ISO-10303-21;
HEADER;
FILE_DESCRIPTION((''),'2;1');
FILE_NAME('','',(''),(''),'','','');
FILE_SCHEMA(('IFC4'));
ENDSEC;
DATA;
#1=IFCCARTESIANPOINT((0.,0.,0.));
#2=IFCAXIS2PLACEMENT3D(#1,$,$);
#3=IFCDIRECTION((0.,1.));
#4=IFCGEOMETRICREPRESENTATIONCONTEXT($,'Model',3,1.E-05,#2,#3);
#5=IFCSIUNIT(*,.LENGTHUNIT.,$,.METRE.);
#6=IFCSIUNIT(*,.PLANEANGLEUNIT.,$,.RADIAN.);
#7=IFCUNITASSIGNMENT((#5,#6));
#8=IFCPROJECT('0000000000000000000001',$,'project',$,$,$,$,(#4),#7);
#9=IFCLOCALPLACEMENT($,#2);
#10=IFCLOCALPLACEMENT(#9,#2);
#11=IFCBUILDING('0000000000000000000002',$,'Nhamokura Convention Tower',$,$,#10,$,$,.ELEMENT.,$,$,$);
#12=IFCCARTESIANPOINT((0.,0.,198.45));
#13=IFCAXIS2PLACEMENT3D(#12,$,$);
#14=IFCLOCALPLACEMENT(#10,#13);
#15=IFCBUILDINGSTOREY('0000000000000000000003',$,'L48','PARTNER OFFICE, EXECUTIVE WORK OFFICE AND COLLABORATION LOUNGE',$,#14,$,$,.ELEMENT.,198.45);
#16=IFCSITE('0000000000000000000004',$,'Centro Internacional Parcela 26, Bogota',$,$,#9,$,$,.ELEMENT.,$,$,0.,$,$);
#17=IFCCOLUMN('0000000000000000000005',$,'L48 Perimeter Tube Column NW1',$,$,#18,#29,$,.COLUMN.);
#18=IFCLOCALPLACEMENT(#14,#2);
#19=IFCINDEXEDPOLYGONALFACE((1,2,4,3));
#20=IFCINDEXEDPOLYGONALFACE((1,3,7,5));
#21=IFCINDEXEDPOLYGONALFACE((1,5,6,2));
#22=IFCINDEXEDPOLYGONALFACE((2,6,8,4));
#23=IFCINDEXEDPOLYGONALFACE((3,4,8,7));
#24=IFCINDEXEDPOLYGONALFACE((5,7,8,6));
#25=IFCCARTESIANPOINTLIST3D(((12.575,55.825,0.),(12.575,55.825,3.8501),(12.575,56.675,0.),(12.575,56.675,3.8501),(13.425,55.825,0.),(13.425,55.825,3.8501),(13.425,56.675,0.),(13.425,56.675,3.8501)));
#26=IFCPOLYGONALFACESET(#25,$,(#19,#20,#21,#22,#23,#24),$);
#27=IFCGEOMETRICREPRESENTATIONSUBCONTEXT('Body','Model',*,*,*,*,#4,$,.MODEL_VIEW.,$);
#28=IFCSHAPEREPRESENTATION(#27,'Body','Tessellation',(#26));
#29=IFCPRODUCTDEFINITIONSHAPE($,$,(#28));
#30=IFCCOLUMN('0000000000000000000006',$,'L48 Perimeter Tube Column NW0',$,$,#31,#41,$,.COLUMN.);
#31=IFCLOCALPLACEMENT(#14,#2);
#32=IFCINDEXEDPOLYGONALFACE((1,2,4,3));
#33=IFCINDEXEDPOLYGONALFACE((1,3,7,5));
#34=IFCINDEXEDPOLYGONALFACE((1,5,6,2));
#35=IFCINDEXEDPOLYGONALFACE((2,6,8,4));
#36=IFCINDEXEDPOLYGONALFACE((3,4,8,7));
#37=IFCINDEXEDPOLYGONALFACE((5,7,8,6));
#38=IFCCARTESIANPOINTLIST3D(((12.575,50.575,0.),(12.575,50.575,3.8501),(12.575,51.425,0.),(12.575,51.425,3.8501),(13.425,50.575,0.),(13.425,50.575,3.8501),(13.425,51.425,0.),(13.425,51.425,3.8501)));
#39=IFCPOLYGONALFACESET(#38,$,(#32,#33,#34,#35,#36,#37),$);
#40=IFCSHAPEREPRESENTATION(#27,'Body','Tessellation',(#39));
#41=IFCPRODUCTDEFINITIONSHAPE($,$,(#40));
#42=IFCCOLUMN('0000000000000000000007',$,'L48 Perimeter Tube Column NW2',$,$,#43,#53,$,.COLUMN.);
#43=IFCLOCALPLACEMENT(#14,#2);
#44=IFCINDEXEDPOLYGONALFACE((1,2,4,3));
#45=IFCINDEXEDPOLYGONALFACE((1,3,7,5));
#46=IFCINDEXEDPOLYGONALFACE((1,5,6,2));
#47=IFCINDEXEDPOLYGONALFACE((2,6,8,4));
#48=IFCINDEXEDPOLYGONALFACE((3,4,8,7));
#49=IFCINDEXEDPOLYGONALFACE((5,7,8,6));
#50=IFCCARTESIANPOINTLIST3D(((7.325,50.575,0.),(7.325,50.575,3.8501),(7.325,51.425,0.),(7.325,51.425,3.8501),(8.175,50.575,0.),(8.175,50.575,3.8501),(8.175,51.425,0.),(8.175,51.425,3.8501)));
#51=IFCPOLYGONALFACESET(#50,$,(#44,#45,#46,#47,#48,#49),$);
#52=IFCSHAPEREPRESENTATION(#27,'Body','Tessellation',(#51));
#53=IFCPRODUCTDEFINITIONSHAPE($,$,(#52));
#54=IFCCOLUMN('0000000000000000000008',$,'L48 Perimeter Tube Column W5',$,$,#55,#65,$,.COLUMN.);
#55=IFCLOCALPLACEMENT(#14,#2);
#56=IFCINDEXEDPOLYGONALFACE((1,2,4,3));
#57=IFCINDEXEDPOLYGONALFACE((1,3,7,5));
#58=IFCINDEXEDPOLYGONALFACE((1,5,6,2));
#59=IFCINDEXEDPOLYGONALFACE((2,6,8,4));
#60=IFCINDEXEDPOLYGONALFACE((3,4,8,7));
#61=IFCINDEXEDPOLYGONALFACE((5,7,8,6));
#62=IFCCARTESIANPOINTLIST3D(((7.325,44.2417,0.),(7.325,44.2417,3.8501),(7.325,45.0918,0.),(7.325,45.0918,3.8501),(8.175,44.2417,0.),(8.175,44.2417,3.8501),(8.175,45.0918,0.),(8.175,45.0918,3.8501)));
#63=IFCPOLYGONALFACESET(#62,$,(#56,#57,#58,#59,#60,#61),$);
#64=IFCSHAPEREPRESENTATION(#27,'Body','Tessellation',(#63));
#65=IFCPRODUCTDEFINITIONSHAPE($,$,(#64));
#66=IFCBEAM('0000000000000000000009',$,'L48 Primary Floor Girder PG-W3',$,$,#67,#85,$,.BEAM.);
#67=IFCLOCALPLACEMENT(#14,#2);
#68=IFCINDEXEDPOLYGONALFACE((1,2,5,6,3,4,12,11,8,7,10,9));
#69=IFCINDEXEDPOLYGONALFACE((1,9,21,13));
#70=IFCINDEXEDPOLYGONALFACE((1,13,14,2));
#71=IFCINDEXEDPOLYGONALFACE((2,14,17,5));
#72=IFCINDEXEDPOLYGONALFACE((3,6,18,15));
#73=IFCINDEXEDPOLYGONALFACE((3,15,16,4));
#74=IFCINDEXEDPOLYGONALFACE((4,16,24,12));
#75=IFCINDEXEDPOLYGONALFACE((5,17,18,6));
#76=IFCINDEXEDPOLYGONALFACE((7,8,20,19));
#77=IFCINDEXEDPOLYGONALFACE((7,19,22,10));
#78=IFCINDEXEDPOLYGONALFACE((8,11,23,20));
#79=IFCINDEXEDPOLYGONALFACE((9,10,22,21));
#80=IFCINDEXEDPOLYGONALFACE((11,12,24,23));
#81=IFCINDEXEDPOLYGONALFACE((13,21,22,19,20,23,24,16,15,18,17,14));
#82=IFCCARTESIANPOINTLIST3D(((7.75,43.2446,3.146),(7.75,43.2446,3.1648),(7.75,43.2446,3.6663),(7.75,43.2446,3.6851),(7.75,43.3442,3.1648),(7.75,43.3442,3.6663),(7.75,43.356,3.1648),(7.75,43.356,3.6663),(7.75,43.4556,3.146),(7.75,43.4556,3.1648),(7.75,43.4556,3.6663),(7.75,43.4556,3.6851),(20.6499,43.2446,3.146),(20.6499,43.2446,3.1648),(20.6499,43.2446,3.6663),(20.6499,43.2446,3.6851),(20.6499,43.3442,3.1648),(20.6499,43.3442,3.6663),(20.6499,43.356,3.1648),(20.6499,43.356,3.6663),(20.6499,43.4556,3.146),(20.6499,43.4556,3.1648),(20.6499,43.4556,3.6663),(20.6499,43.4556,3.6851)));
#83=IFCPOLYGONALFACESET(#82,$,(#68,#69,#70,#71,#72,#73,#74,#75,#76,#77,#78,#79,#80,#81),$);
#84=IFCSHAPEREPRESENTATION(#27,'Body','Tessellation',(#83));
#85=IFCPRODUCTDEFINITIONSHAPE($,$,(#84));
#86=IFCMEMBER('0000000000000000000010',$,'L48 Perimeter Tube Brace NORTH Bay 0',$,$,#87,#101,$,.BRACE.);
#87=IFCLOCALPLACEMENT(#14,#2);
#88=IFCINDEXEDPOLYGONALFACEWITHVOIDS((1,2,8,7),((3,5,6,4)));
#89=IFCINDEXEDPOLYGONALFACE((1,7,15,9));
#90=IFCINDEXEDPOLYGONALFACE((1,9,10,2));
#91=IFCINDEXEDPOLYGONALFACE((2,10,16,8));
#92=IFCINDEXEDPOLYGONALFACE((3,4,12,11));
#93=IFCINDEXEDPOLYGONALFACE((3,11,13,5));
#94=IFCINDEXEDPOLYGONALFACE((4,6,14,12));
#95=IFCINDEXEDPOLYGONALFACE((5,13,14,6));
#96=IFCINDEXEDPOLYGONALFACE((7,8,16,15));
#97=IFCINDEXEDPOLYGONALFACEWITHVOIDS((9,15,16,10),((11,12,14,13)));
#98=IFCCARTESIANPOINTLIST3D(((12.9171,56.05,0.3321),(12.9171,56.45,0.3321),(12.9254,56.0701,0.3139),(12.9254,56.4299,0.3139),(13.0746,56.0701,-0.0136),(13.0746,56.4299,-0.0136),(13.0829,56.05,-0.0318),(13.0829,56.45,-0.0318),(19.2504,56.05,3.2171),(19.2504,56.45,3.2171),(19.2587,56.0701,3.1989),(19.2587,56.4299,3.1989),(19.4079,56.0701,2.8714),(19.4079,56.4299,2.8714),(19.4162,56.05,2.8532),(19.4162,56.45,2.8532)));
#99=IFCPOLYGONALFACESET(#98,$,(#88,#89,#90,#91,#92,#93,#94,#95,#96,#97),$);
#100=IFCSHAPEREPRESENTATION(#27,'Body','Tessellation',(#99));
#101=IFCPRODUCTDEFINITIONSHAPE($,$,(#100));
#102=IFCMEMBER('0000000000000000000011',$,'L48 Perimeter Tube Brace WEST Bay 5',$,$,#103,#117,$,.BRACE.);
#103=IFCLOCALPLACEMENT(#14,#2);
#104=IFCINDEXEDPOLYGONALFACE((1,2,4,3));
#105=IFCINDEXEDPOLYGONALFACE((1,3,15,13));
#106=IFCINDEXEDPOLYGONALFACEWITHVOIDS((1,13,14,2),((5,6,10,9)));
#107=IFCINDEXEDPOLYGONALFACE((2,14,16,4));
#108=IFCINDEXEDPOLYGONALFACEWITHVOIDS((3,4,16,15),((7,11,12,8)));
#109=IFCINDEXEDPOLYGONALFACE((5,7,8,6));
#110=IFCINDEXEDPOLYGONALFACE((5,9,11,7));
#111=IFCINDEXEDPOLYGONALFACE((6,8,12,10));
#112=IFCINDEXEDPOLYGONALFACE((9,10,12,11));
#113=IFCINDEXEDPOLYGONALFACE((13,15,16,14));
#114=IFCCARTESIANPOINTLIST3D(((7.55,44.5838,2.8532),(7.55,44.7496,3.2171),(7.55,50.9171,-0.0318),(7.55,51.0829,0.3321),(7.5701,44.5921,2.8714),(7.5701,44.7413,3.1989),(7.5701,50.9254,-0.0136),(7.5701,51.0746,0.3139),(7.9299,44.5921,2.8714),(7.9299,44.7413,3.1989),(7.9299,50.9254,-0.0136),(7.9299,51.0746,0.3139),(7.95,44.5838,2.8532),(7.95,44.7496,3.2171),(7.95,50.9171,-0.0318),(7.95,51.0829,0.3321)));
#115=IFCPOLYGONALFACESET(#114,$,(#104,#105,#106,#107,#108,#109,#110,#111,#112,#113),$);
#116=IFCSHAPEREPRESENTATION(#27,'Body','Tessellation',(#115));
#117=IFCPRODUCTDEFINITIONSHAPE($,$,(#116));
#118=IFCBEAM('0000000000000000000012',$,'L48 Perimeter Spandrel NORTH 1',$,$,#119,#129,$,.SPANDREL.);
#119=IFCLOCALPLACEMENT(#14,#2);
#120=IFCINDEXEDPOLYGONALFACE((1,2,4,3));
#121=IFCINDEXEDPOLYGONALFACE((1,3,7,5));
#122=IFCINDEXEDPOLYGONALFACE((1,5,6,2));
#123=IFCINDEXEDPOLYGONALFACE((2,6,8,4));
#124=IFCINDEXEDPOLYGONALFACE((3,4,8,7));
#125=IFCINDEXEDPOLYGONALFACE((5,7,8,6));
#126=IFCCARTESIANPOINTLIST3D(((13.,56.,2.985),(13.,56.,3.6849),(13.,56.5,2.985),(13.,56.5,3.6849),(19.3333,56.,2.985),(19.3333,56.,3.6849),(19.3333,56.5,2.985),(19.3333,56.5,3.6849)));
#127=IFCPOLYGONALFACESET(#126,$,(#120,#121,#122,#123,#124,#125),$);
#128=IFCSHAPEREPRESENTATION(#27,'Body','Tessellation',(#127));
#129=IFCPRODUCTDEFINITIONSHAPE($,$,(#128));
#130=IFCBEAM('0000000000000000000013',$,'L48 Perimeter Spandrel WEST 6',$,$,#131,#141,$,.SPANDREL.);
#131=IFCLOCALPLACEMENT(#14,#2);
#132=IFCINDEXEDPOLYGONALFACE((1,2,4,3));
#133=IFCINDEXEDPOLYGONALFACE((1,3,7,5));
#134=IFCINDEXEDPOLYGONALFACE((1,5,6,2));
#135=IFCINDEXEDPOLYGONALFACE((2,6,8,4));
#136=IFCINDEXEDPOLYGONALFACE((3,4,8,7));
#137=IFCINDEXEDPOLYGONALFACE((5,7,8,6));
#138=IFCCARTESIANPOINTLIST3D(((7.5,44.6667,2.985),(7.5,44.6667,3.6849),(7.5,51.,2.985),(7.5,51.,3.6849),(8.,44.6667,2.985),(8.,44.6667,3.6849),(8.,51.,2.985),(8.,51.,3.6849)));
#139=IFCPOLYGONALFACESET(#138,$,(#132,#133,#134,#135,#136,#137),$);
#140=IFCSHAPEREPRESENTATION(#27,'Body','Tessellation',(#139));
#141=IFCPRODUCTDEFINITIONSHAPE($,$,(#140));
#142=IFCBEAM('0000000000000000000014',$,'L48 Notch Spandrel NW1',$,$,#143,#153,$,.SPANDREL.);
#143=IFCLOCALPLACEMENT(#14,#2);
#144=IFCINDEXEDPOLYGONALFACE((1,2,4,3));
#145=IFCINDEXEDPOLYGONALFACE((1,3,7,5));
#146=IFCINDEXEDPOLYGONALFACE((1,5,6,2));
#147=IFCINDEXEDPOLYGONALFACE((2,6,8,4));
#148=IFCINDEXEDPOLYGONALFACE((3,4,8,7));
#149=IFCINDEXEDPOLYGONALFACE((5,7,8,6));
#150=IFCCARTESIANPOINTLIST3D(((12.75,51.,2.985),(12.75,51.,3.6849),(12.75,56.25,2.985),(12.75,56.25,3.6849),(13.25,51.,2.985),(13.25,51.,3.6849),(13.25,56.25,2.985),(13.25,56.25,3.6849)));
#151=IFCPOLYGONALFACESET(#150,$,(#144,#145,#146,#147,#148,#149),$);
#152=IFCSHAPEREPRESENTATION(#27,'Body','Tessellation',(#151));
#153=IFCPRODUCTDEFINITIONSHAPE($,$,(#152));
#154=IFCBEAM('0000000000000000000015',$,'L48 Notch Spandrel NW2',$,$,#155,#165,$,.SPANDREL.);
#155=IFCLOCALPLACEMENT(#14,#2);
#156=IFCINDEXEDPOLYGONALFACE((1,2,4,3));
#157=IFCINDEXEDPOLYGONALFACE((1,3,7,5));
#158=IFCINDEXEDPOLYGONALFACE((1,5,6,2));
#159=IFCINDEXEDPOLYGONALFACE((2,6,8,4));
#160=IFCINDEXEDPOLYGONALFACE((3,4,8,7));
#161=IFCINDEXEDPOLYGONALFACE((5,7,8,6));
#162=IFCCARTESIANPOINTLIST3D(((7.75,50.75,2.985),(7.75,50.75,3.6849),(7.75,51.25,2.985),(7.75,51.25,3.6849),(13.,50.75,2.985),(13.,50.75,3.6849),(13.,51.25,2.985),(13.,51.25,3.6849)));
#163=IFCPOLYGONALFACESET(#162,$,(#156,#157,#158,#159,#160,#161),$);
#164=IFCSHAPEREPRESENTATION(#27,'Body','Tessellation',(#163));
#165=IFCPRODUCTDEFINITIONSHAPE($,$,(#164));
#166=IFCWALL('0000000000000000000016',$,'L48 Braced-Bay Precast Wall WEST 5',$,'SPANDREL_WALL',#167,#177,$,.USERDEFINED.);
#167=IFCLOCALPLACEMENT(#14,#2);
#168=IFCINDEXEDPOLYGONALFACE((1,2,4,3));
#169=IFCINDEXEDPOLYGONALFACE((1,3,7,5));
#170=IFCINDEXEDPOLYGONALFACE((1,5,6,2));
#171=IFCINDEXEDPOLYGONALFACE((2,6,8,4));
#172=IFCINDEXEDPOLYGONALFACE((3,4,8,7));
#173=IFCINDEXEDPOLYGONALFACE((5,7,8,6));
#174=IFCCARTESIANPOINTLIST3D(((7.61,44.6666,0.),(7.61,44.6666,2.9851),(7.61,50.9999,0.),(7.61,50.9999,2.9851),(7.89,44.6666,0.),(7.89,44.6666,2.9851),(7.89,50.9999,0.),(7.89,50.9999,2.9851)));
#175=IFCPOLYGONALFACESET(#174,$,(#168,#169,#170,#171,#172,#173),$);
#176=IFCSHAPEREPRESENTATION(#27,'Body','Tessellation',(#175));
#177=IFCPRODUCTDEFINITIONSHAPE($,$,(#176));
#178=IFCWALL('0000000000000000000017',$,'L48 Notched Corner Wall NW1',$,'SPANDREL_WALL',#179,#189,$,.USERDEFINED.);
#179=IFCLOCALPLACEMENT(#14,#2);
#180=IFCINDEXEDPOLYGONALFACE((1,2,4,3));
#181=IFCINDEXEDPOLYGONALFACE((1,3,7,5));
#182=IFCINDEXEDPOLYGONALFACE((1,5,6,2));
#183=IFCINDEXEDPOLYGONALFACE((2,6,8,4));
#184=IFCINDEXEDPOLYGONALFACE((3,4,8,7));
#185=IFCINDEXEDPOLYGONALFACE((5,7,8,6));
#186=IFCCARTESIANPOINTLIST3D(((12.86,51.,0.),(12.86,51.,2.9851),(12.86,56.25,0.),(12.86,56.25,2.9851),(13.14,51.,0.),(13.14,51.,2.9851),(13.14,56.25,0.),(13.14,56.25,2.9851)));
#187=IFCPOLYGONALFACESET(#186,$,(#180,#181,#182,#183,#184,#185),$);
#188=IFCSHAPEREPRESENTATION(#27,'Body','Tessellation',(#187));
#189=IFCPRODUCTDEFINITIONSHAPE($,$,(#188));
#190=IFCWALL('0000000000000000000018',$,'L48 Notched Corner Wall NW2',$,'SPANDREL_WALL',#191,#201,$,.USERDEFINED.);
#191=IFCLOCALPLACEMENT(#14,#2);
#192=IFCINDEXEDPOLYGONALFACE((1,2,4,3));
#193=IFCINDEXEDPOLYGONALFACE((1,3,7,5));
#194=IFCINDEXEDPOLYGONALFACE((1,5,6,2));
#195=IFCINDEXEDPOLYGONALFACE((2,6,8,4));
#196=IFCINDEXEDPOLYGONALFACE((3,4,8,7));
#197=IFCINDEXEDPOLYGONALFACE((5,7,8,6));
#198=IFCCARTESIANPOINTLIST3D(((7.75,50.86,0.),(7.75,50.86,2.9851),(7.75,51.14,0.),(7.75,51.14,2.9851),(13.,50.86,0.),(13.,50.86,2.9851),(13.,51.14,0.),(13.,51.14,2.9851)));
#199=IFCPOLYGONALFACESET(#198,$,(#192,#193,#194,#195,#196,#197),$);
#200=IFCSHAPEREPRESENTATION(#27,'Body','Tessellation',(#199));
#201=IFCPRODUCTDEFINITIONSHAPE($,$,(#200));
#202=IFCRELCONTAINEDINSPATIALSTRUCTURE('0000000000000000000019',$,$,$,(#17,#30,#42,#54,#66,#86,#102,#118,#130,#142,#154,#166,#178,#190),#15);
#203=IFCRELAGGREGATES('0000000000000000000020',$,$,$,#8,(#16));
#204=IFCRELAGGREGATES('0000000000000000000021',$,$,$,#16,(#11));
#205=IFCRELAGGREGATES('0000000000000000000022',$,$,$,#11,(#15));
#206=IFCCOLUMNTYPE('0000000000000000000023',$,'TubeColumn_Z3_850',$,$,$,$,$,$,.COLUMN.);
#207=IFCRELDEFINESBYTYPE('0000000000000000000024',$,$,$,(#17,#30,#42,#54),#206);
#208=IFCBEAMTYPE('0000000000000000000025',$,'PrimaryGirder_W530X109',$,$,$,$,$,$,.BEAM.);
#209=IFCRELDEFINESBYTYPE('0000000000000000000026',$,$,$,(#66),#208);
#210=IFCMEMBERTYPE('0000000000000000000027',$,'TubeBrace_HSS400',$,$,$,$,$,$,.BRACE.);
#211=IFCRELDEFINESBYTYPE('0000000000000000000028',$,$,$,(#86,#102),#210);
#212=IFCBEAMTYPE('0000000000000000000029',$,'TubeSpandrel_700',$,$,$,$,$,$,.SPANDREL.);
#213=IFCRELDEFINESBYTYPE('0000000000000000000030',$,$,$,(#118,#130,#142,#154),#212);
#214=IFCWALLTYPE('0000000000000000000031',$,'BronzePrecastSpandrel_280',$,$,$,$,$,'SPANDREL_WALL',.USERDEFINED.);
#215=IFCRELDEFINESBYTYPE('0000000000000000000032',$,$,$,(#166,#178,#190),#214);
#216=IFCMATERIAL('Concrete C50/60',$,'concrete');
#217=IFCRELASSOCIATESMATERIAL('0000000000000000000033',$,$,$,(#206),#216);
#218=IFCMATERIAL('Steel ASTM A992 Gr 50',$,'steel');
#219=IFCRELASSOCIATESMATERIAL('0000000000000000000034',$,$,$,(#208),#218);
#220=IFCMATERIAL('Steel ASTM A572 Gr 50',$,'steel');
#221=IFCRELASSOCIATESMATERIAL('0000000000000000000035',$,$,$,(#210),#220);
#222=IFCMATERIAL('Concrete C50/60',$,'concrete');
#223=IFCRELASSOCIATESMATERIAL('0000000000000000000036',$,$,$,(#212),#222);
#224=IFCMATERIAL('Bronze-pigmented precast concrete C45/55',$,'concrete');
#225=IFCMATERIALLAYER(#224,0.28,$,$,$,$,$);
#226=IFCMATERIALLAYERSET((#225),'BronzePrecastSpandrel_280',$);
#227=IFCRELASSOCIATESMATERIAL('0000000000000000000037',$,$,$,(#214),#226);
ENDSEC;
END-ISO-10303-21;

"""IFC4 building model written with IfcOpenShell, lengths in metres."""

from ifc_helpers import new_model, si_unit, direction, frame, frame_2d, origin, origin_2d, place, context, subcontext, project, spatial, rectangle, hollow_rectangle, i_section, extrude, material, layer, layer_set, material_profile, profile_set, type_object, element, save


model = new_model("IFC4")

# Units and contexts
model_context = context("Model", 3, precision=1e-05, world=origin(), true_north=direction((0.0, 1.0)))
body_context = subcontext(model_context, "Body", "Model", "MODEL_VIEW")
ifc_project = project(units=[si_unit("LENGTHUNIT", "METRE"), si_unit("PLANEANGLEUNIT", "RADIAN")], contexts=[model_context])

# Site, building, storey
site_placement = place(None, origin())
site = spatial("IfcSite", under=ifc_project, at=site_placement, Name="Centro Internacional Parcela 26, Bogota", CompositionType="ELEMENT", RefElevation=0.0)
building_placement = place(site_placement, origin())
building = spatial("IfcBuilding", under=site, at=building_placement, Name="Nhamokura Convention Tower", CompositionType="ELEMENT")
storey_placement = place(building_placement, frame((0.0, 0.0, 198.45)))
storey = spatial("IfcBuildingStorey", under=building, at=storey_placement, Name="L48", Description="PARTNER OFFICE, EXECUTIVE WORK OFFICE AND COLLABORATION LOUNGE", CompositionType="ELEMENT", Elevation=198.45)

# Columns
ifc_material_1 = material(Name="Concrete C50/60", Category="concrete")
ifc_material_profile_1 = material_profile(ifc_material_1, rectangle(XDim=0.8501, YDim=0.8501, at=origin_2d()))
ifc_profile_set_1 = profile_set([ifc_material_profile_1], Name="Concrete C50/60")
column_type = type_object("IfcColumnType", Name="TubeColumn_Z3_850", PredefinedType="COLUMN", material=ifc_profile_set_1)
for number, where, z_axis, x_axis, name in (
    (1, (13.0, 56.25, 0.0), (0.0, 0.0, 1.0), (1.0, 0.0, 0.0), "L48 Perimeter Tube Column NW1"),
    (2, (13.0, 51.0, 0.0), (0.0, 0.0, 1.0), (1.0, 0.0, 0.0), "L48 Perimeter Tube Column NW0"),
    (3, (7.75, 51.0, 0.0), (0.0, 0.0, 1.0), (1.0, 0.0, 0.0), "L48 Perimeter Tube Column NW2"),
    (4, (7.75, 44.6667, 0.0), (0.0, 0.0, 1.0), (1.0, 0.0, 0.0), "L48 Perimeter Tube Column W5"),
):
    element("IfcColumn", number, at=place(storey_placement, frame(where, z_axis=z_axis, x_axis=x_axis)), inside=storey, type_object=column_type, Name=name, PredefinedType="COLUMN", context=body_context, shape_type="SweptSolid", body=[
        extrude(rectangle(XDim=0.8501, YDim=0.8501, at=origin_2d()), origin(), (0.0, 0.0, 1.0), 3.8501),
    ])

# Beam
ifc_material_2 = material(Name="Steel ASTM A992 Gr 50", Category="steel")
ifc_material_profile_2 = material_profile(ifc_material_2, i_section(OverallWidth=0.2109, OverallDepth=0.5391, WebThickness=0.0117, FlangeThickness=0.0188, at=origin_2d()))
ifc_profile_set_2 = profile_set([ifc_material_profile_2], Name="Steel ASTM A992 Gr 50")
beam_type_1 = type_object("IfcBeamType", Name="PrimaryGirder_W530X109", PredefinedType="BEAM", material=ifc_profile_set_2)
beam_placement = place(storey_placement, frame((7.75, 43.3501, 3.4155), z_axis=(1.0, 0.0, 0.0), x_axis=(0.0, 1.0, 0.0)))
element("IfcBeam", 5, at=beam_placement, inside=storey, type_object=beam_type_1, Name="L48 Primary Floor Girder PG-W3", PredefinedType="BEAM", context=body_context, shape_type="SweptSolid", body=[
    extrude(i_section(OverallWidth=0.2109, OverallDepth=0.5391, WebThickness=0.0117, FlangeThickness=0.0188, at=origin_2d()), origin(), (0.0, 0.0, 1.0), 12.8999),
])

# Members
ifc_material_3 = material(Name="Steel ASTM A572 Gr 50", Category="steel")
ifc_material_profile_3 = material_profile(ifc_material_3, hollow_rectangle(XDim=0.3999, YDim=0.3999, WallThickness=0.02, at=origin_2d()))
ifc_profile_set_3 = profile_set([ifc_material_profile_3], Name="Steel ASTM A572 Gr 50")
member_type = type_object("IfcMemberType", Name="TubeBrace_HSS400", PredefinedType="BRACE", material=ifc_profile_set_3)
for number, where, z_axis, x_axis, name in (
    (6, (13.0, 56.25, 0.1501), (0.910027, 0.0, 0.414548), (0.0, 1.0, 0.0), "L48 Perimeter Tube Brace NORTH Bay 0"),
    (7, (7.75, 51.0, 0.1501), (0.0, -0.910027, 0.414548), (1.0, 0.0, 0.0), "L48 Perimeter Tube Brace WEST Bay 5"),
):
    element("IfcMember", number, at=place(storey_placement, frame(where, z_axis=z_axis, x_axis=x_axis)), inside=storey, type_object=member_type, Name=name, PredefinedType="BRACE", context=body_context, shape_type="SweptSolid", body=[
        extrude(hollow_rectangle(XDim=0.3999, YDim=0.3999, WallThickness=0.02, at=origin_2d()), origin(), (0.0, 0.0, 1.0), 6.9595),
    ])

# Beams
ifc_material_4 = material(Name="Concrete C50/60", Category="concrete")
ifc_material_profile_4 = material_profile(ifc_material_4, rectangle(XDim=0.5, YDim=0.7, at=origin_2d()))
ifc_profile_set_4 = profile_set([ifc_material_profile_4], Name="Concrete C50/60")
beam_type_2 = type_object("IfcBeamType", Name="TubeSpandrel_700", PredefinedType="SPANDREL", material=ifc_profile_set_4)
for number, where, z_axis, x_axis, name in (
    (8, (13.0, 56.25, 3.335), (1.0, 0.0, 0.0), (0.0, 1.0, 0.0), "L48 Perimeter Spandrel NORTH 1"),
    (9, (7.75, 44.6667, 3.335), (0.0, 1.0, 0.0), (-1.0, 0.0, 0.0), "L48 Perimeter Spandrel WEST 6"),
):
    element("IfcBeam", number, at=place(storey_placement, frame(where, z_axis=z_axis, x_axis=x_axis)), inside=storey, type_object=beam_type_2, Name=name, PredefinedType="SPANDREL", context=body_context, shape_type="SweptSolid", body=[
        extrude(rectangle(XDim=0.5, YDim=0.7, at=origin_2d()), origin(), (0.0, 0.0, 1.0), 6.3333),
    ])
for number, where, z_axis, x_axis, name in (
    (10, (13.0, 56.25, 3.335), (0.0, -1.0, 0.0), (1.0, 0.0, 0.0), "L48 Notch Spandrel NW1"),
    (11, (13.0, 51.0, 3.335), (-1.0, 0.0, 0.0), (0.0, -1.0, 0.0), "L48 Notch Spandrel NW2"),
):
    element("IfcBeam", number, at=place(storey_placement, frame(where, z_axis=z_axis, x_axis=x_axis)), inside=storey, type_object=beam_type_2, Name=name, PredefinedType="SPANDREL", context=body_context, shape_type="SweptSolid", body=[
        extrude(rectangle(XDim=0.5, YDim=0.7, at=origin_2d()), origin(), (0.0, 0.0, 1.0), 5.25),
    ])

# Walls
ifc_material_5 = material(Name="Bronze-pigmented precast concrete C45/55", Category="concrete")
ifc_layer_1 = layer(ifc_material_5, 0.28)
ifc_layer_set_1 = layer_set([ifc_layer_1], Name="BronzePrecastSpandrel_280")
wall_type_1 = type_object("IfcWallType", Name="BronzePrecastSpandrel_280", ElementType="SPANDREL_WALL", PredefinedType="USERDEFINED", material=ifc_layer_set_1)
wall_1_placement = place(storey_placement, frame((7.75, 44.6667, 0.0), z_axis=(0.0, 0.0, 1.0), x_axis=(0.0, 1.0, 0.0)))
element("IfcWall", 12, at=wall_1_placement, inside=storey, type_object=wall_type_1, Name="L48 Braced-Bay Precast Wall WEST 5", ObjectType="SPANDREL_WALL", PredefinedType="USERDEFINED", context=body_context, shape_type="SweptSolid", body=[
    extrude(rectangle(XDim=6.3333, YDim=0.28, at=frame_2d((3.1665, 0.0))), origin(), (0.0, 0.0, 1.0), 2.9851),
])
for number, where, z_axis, x_axis, name in (
    (13, (13.0, 51.0, 0.0), (0.0, 0.0, 1.0), (0.0, 1.0, 0.0), "L48 Notched Corner Wall NW1"),
    (14, (7.75, 51.0, 0.0), (0.0, 0.0, 1.0), (1.0, 0.0, 0.0), "L48 Notched Corner Wall NW2"),
):
    element("IfcWall", number, at=place(storey_placement, frame(where, z_axis=z_axis, x_axis=x_axis)), inside=storey, type_object=wall_type_1, Name=name, ObjectType="SPANDREL_WALL", PredefinedType="USERDEFINED", context=body_context, shape_type="SweptSolid", body=[
        extrude(rectangle(XDim=5.25, YDim=0.28, at=frame_2d((2.625, 0.0))), origin(), (0.0, 0.0, 1.0), 2.9851),
    ])

save(model, "model.ifc")
